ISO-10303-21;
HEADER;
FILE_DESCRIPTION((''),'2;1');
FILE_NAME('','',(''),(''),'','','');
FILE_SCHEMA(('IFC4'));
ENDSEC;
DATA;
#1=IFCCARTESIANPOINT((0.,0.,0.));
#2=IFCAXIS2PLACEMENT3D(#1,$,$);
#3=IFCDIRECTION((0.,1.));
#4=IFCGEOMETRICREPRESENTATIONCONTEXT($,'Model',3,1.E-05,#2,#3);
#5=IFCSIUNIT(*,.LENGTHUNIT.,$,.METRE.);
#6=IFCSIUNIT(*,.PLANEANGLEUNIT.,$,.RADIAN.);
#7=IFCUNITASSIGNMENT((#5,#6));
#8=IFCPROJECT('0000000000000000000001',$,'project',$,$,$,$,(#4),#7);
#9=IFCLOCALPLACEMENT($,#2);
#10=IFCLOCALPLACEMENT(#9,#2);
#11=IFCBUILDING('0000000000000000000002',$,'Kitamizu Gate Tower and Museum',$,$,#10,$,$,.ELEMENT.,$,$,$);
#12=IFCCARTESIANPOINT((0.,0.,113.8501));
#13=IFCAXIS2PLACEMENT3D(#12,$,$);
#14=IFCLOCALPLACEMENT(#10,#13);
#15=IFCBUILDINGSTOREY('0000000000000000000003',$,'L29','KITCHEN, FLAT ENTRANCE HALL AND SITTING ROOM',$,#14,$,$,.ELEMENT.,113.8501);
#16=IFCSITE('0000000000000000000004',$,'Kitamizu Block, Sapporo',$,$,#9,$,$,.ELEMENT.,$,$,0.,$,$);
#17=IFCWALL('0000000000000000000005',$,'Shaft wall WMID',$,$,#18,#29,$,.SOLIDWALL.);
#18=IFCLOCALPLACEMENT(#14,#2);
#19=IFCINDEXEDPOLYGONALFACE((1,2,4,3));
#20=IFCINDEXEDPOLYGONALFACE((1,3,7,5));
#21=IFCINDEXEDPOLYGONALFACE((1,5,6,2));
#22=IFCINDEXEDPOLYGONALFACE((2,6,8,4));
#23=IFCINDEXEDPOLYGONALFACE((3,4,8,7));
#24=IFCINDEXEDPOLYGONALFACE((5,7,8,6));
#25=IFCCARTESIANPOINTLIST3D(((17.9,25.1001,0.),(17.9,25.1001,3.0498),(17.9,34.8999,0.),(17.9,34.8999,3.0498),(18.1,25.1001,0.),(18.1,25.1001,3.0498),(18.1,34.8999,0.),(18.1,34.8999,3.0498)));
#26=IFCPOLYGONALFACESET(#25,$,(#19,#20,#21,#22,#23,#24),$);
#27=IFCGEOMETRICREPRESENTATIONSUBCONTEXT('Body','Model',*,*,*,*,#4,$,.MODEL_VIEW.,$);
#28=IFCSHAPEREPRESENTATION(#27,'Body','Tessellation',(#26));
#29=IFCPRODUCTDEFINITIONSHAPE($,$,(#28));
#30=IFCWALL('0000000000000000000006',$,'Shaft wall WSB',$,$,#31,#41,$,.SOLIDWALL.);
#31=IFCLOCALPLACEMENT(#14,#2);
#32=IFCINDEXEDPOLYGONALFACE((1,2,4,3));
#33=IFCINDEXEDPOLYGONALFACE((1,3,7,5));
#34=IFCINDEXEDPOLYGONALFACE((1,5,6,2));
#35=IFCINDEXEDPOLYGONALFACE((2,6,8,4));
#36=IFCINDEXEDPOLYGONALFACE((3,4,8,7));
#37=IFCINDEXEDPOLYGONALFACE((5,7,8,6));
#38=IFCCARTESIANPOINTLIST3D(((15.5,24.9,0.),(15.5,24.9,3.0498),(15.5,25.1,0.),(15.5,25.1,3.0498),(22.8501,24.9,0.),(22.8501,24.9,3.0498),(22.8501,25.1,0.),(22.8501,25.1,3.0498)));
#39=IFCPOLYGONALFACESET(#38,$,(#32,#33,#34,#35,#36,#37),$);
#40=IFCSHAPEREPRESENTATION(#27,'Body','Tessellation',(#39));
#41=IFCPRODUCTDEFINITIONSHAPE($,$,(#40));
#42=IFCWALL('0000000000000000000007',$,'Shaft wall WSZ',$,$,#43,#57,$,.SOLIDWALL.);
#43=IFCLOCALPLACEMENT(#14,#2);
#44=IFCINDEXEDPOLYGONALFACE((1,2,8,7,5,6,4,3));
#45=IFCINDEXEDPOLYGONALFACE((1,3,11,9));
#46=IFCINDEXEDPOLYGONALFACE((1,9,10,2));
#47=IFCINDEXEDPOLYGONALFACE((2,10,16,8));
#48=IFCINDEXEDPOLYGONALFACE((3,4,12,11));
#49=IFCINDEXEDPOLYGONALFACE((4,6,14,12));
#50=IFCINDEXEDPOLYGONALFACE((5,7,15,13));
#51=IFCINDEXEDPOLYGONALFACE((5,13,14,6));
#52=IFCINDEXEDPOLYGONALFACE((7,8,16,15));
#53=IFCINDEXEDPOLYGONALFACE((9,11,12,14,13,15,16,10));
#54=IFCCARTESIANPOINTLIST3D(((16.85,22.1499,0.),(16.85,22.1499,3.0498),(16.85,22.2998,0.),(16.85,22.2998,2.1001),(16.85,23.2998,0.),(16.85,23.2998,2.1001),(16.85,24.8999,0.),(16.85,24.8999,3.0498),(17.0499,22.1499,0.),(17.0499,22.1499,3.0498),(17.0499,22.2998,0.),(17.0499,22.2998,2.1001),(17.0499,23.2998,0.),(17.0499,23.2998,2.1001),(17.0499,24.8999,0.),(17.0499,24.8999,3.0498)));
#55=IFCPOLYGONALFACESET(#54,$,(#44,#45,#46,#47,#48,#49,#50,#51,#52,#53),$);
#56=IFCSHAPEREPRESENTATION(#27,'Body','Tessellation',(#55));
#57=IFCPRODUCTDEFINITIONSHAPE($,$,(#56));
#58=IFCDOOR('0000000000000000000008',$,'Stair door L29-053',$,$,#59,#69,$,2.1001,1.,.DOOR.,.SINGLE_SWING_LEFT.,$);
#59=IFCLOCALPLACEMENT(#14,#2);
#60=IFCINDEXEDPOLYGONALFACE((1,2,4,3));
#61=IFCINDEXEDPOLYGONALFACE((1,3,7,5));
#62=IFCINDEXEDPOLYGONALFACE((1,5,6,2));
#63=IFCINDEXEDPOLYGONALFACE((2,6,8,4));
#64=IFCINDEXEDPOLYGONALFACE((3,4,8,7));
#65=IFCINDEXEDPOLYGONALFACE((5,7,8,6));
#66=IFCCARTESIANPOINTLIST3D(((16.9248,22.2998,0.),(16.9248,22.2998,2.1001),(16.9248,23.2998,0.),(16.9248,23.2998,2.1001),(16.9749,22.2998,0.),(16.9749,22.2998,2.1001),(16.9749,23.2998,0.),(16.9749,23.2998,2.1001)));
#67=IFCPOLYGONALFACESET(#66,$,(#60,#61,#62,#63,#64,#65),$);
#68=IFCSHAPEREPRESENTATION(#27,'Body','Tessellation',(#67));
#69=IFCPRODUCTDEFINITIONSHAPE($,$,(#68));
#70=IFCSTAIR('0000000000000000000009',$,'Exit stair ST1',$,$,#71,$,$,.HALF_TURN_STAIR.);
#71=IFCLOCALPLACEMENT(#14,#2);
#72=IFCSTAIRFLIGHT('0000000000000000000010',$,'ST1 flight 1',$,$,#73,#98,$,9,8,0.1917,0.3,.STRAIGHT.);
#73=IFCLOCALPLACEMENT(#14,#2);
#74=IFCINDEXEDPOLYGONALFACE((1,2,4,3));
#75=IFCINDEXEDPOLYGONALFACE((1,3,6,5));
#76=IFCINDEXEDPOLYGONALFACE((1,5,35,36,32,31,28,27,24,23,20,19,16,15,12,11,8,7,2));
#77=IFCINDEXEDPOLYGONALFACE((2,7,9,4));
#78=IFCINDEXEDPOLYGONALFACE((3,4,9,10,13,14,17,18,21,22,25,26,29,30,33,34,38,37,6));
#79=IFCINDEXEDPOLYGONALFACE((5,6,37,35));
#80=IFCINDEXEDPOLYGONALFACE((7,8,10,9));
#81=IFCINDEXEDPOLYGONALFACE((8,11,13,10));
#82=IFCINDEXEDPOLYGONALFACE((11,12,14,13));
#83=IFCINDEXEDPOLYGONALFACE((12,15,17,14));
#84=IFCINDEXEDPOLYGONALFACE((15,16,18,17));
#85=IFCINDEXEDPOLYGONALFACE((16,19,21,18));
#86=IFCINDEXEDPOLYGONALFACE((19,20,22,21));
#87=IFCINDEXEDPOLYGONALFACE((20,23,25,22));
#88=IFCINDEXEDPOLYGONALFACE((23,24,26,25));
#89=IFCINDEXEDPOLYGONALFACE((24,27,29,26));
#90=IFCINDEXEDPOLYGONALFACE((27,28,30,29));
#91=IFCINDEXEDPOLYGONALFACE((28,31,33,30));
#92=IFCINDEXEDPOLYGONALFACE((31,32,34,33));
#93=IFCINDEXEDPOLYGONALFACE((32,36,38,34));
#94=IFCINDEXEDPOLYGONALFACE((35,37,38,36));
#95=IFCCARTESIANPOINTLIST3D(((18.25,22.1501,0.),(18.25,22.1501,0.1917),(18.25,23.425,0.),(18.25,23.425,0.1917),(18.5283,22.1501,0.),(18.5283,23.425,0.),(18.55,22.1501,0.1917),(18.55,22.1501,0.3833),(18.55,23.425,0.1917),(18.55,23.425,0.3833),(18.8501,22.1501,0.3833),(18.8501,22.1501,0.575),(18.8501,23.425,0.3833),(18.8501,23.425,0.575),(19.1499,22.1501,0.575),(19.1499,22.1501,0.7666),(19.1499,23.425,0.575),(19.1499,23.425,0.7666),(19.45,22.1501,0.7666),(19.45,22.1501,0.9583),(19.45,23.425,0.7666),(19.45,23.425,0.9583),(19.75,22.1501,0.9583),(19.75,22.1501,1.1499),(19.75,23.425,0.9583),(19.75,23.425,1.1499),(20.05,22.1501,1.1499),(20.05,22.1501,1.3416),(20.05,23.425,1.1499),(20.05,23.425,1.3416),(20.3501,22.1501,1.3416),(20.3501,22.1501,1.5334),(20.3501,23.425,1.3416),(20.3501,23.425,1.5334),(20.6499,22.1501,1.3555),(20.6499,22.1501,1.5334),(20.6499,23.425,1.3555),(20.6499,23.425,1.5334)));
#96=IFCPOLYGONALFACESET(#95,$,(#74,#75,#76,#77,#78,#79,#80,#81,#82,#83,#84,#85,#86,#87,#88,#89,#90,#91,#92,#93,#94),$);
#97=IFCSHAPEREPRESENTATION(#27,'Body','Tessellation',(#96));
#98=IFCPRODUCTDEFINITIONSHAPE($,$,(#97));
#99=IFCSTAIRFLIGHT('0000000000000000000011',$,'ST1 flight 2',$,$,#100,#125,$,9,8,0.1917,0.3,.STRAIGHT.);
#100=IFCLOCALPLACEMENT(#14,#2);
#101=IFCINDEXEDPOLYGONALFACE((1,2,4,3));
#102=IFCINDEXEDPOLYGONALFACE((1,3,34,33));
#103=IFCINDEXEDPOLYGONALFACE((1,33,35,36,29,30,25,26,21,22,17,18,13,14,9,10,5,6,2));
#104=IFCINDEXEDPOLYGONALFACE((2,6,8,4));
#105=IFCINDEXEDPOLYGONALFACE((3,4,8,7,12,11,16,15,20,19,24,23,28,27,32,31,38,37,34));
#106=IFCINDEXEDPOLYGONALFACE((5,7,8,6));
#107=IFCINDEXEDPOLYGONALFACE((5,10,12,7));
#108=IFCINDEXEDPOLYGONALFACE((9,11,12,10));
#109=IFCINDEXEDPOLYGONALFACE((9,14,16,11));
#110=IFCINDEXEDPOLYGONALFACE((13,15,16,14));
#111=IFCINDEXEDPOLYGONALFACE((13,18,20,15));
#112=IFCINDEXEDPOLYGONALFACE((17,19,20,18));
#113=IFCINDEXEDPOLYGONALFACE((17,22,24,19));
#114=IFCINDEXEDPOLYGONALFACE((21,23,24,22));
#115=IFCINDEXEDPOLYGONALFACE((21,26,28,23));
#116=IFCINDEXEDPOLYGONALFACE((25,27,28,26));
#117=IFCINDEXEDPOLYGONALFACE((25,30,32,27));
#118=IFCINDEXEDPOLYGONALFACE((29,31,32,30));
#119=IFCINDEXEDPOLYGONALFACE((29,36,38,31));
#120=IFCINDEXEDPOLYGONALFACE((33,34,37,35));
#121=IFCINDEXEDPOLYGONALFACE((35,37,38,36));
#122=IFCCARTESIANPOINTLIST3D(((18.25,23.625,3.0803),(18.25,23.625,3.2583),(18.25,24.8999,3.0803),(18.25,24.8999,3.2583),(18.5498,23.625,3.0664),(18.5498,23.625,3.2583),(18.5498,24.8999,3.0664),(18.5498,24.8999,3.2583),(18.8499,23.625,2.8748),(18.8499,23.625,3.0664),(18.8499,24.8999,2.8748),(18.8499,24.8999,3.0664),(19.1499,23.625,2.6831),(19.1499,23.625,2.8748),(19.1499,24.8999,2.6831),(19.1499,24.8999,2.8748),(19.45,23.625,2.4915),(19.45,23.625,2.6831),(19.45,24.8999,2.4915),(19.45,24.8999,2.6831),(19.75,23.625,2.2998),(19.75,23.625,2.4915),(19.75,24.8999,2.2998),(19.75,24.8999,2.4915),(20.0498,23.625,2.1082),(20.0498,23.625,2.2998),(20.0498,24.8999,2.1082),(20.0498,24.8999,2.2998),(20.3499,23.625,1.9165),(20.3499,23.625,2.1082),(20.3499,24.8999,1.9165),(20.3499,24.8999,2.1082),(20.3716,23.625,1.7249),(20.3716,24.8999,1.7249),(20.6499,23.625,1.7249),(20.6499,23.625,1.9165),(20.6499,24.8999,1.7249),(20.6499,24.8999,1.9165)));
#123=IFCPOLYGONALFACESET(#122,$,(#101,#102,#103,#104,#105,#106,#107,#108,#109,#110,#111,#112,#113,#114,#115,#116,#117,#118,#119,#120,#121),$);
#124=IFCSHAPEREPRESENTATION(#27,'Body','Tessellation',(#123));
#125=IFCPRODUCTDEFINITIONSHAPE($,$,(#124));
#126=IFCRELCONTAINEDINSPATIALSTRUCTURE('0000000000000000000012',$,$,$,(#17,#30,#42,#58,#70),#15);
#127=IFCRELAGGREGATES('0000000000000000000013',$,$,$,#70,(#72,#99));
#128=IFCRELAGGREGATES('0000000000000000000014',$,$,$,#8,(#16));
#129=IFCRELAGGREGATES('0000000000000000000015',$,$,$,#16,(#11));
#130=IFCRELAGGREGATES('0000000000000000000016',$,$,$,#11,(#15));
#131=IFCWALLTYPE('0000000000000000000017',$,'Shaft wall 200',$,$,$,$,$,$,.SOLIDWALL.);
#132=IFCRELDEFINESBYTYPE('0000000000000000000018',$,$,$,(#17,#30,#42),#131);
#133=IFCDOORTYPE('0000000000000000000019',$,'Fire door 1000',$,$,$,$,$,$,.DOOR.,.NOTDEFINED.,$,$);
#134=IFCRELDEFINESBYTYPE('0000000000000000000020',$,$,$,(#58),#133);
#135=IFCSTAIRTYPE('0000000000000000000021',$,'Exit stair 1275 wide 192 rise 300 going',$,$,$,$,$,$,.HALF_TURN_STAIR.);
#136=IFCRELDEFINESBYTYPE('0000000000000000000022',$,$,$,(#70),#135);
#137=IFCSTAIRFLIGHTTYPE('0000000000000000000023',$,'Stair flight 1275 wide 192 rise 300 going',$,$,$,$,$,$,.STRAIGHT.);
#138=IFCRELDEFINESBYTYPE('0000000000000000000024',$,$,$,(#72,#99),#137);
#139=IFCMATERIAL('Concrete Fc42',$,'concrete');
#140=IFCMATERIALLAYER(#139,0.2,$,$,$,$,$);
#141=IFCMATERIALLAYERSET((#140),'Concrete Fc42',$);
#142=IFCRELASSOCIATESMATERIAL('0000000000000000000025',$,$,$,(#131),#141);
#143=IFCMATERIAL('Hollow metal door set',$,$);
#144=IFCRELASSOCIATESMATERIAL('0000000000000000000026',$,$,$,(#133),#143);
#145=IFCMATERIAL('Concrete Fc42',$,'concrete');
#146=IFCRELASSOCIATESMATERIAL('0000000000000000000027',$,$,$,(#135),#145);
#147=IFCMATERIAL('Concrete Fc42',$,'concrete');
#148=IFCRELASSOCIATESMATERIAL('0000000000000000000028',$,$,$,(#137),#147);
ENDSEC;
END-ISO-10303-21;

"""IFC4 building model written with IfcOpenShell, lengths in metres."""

from ifc_helpers import new_model, si_unit, direction, frame, frame_2d, origin, place, context, subcontext, project, spatial, polyline, rectangle, outline, extrude, material, layer, layer_set, type_object, element, fill, aggregate, save


model = new_model("IFC4")

# Units and contexts
model_context = context("Model", 3, precision=1e-05, world=origin(), true_north=direction((0.0, 1.0)))
body_context = subcontext(model_context, "Body", "Model", "MODEL_VIEW")
ifc_project = project(units=[si_unit("LENGTHUNIT", "METRE"), si_unit("PLANEANGLEUNIT", "RADIAN")], contexts=[model_context])

# Site, building, storey
site_placement = place(None, origin())
site = spatial("IfcSite", under=ifc_project, at=site_placement, Name="Kitamizu Block, Sapporo", CompositionType="ELEMENT", RefElevation=0.0)
building_placement = place(site_placement, origin())
building = spatial("IfcBuilding", under=site, at=building_placement, Name="Kitamizu Gate Tower and Museum", CompositionType="ELEMENT")
storey_placement = place(building_placement, frame((0.0, 0.0, 113.8501)))
storey = spatial("IfcBuildingStorey", under=building, at=storey_placement, Name="L29", Description="KITCHEN, FLAT ENTRANCE HALL AND SITTING ROOM", CompositionType="ELEMENT", Elevation=113.8501)

# Shared definitions
ifc_material_1 = material(Name="Concrete Fc42", Category="concrete")
ifc_layer_1 = layer(ifc_material_1, 0.2)
ifc_layer_set_1 = layer_set([ifc_layer_1], Name="Concrete Fc42")
wall_type_1 = type_object("IfcWallType", Name="Shaft wall 200", PredefinedType="SOLIDWALL", material=ifc_layer_set_1)
ifc_material_2 = material(Name="Hollow metal door set")
door_type_1 = type_object("IfcDoorType", Name="Fire door 1000", OperationType="NOTDEFINED", PredefinedType="DOOR", material=ifc_material_2)

# Walls
wall_1_placement = place(storey_placement, frame((18.0, 25.1001, 0.0), z_axis=(0.0, 0.0, 1.0), x_axis=(0.0, 1.0, 0.0)))
element("IfcWall", 1, at=wall_1_placement, inside=storey, type_object=wall_type_1, Name="Shaft wall WMID", PredefinedType="SOLIDWALL", context=body_context, shape_type="SweptSolid", body=[
    extrude(rectangle(XDim=9.7998, YDim=0.2, at=frame_2d((4.8999, 0.0))), origin(), (0.0, 0.0, 1.0), 3.0498),
])
wall_2_placement = place(storey_placement, frame((15.5, 25.0, 0.0), z_axis=(0.0, 0.0, 1.0), x_axis=(1.0, 0.0, 0.0)))
element("IfcWall", 2, at=wall_2_placement, inside=storey, type_object=wall_type_1, Name="Shaft wall WSB", PredefinedType="SOLIDWALL", context=body_context, shape_type="SweptSolid", body=[
    extrude(rectangle(XDim=7.3501, YDim=0.2, at=frame_2d((3.675, 0.0))), origin(), (0.0, 0.0, 1.0), 3.0498),
])

# Wall, opening, door
wall_3_placement = place(storey_placement, frame((16.95, 22.1499, 0.0), z_axis=(0.0, 0.0, 1.0), x_axis=(0.0, 1.0, 0.0)))
wall_3 = element("IfcWall", 3, at=wall_3_placement, inside=storey, type_object=wall_type_1, Name="Shaft wall WSZ", PredefinedType="SOLIDWALL", context=body_context, shape_type="SweptSolid", body=[
    extrude(rectangle(XDim=2.75, YDim=0.2, at=frame_2d((1.375, 0.0))), origin(), (0.0, 0.0, 1.0), 3.0498),
])
opening_1_placement = place(wall_3_placement, frame((0.1499, 0.0, 0.0)))
opening_1 = element("IfcOpeningElement", 4, at=opening_1_placement, cuts=wall_3, PredefinedType="OPENING", context=body_context, shape_type="SweptSolid", body=[
    extrude(rectangle(XDim=1.0, YDim=2.1001, at=frame_2d((0.5, 1.05))), frame((0.0, 0.1099, 0.0), z_axis=(0.0, -1.0, 0.0), x_axis=(1.0, 0.0, 0.0)), (0.0, 0.0, 1.0), 0.22),
])
door_1_placement = place(opening_1_placement, frame((1.0, 0.0, 0.0), x_axis=(-1.0, 0.0, 0.0)))
door_1 = element("IfcDoor", 5, at=door_1_placement, inside=storey, type_object=door_type_1, Name="Stair door L29-053", OperationType="SINGLE_SWING_LEFT", OverallHeight=2.1001, OverallWidth=1.0, PredefinedType="DOOR", context=body_context, shape_type="SweptSolid", body=[
    extrude(rectangle(XDim=1.0, YDim=2.1001, at=frame_2d((0.5, 1.05))), frame((0.0, 0.0249, 0.0), z_axis=(0.0, -1.0, 0.0), x_axis=(1.0, 0.0, 0.0)), (0.0, 0.0, 1.0), 0.05),
])
fill(opening_1, door_1)

# Stair, stair flights
ifc_material_3 = material(Name="Concrete Fc42", Category="concrete")
stair_type = type_object("IfcStairType", Name="Exit stair 1275 wide 192 rise 300 going", PredefinedType="HALF_TURN_STAIR", material=ifc_material_3)
stair_placement = place(storey_placement, origin())
stair = element("IfcStair", 6, at=stair_placement, inside=storey, type_object=stair_type, Name="Exit stair ST1", PredefinedType="HALF_TURN_STAIR")
ifc_material_4 = material(Name="Concrete Fc42", Category="concrete")
stair_flight_type = type_object("IfcStairFlightType", Name="Stair flight 1275 wide 192 rise 300 going", PredefinedType="STRAIGHT", material=ifc_material_4)
stair_flight_1_placement = place(storey_placement, frame((18.25, 22.7876, 0.0), z_axis=(0.0, 0.0, 1.0), x_axis=(1.0, 0.0, 0.0)))
stair_flight_1 = element("IfcStairFlight", 7, at=stair_flight_1_placement, type_object=stair_flight_type, Name="ST1 flight 1", NumberOfRisers=9, NumberOfTreads=8, PredefinedType="STRAIGHT", RiserHeight=0.1917, TreadLength=0.3, context=body_context, shape_type="SweptSolid", body=[
    extrude(outline(polyline([(0.0, 0.0), (0.0, 0.1917), (0.3, 0.1917), (0.3, 0.3833), (0.6001, 0.3833), (0.6001, 0.575), (0.8999, 0.575), (0.8999, 0.7666), (1.2, 0.7666), (1.2, 0.9583), (1.5, 0.9583), (1.5, 1.1499), (1.8, 1.1499), (1.8, 1.3416), (2.1001, 1.3416), (2.1001, 1.5334), (2.3999, 1.5334), (2.3999, 1.7251), (2.3999, 1.3555), (0.2783, 0.0), (0.0, 0.0)])), frame((0.0, 0.6375, 0.0), z_axis=(0.0, -1.0, 0.0), x_axis=(1.0, 0.0, 0.0)), (0.0, 0.0, 1.0), 1.2749),
])
stair_flight_2_placement = place(storey_placement, frame((20.6499, 24.2625, 1.7249), z_axis=(0.0, 0.0, 1.0), x_axis=(-1.0, 0.0, 0.0)))
stair_flight_2 = element("IfcStairFlight", 8, at=stair_flight_2_placement, type_object=stair_flight_type, Name="ST1 flight 2", NumberOfRisers=9, NumberOfTreads=8, PredefinedType="STRAIGHT", RiserHeight=0.1917, TreadLength=0.3, context=body_context, shape_type="SweptSolid", body=[
    extrude(outline(polyline([(0.0, 0.0), (0.0, 0.1917), (0.3, 0.1917), (0.3, 0.3833), (0.6001, 0.3833), (0.6001, 0.575), (0.8999, 0.575), (0.8999, 0.7666), (1.2, 0.7666), (1.2, 0.9583), (1.5, 0.9583), (1.5, 1.1499), (1.8, 1.1499), (1.8, 1.3416), (2.1001, 1.3416), (2.1001, 1.5334), (2.3999, 1.5334), (2.3999, 1.7251), (2.3999, 1.3555), (0.2783, 0.0), (0.0, 0.0)])), frame((0.0, 0.6375, 0.0), z_axis=(0.0, -1.0, 0.0), x_axis=(1.0, 0.0, 0.0)), (0.0, 0.0, 1.0), 1.2749),
])
aggregate(stair, [stair_flight_1, stair_flight_2])

save(model, "model.ifc")
